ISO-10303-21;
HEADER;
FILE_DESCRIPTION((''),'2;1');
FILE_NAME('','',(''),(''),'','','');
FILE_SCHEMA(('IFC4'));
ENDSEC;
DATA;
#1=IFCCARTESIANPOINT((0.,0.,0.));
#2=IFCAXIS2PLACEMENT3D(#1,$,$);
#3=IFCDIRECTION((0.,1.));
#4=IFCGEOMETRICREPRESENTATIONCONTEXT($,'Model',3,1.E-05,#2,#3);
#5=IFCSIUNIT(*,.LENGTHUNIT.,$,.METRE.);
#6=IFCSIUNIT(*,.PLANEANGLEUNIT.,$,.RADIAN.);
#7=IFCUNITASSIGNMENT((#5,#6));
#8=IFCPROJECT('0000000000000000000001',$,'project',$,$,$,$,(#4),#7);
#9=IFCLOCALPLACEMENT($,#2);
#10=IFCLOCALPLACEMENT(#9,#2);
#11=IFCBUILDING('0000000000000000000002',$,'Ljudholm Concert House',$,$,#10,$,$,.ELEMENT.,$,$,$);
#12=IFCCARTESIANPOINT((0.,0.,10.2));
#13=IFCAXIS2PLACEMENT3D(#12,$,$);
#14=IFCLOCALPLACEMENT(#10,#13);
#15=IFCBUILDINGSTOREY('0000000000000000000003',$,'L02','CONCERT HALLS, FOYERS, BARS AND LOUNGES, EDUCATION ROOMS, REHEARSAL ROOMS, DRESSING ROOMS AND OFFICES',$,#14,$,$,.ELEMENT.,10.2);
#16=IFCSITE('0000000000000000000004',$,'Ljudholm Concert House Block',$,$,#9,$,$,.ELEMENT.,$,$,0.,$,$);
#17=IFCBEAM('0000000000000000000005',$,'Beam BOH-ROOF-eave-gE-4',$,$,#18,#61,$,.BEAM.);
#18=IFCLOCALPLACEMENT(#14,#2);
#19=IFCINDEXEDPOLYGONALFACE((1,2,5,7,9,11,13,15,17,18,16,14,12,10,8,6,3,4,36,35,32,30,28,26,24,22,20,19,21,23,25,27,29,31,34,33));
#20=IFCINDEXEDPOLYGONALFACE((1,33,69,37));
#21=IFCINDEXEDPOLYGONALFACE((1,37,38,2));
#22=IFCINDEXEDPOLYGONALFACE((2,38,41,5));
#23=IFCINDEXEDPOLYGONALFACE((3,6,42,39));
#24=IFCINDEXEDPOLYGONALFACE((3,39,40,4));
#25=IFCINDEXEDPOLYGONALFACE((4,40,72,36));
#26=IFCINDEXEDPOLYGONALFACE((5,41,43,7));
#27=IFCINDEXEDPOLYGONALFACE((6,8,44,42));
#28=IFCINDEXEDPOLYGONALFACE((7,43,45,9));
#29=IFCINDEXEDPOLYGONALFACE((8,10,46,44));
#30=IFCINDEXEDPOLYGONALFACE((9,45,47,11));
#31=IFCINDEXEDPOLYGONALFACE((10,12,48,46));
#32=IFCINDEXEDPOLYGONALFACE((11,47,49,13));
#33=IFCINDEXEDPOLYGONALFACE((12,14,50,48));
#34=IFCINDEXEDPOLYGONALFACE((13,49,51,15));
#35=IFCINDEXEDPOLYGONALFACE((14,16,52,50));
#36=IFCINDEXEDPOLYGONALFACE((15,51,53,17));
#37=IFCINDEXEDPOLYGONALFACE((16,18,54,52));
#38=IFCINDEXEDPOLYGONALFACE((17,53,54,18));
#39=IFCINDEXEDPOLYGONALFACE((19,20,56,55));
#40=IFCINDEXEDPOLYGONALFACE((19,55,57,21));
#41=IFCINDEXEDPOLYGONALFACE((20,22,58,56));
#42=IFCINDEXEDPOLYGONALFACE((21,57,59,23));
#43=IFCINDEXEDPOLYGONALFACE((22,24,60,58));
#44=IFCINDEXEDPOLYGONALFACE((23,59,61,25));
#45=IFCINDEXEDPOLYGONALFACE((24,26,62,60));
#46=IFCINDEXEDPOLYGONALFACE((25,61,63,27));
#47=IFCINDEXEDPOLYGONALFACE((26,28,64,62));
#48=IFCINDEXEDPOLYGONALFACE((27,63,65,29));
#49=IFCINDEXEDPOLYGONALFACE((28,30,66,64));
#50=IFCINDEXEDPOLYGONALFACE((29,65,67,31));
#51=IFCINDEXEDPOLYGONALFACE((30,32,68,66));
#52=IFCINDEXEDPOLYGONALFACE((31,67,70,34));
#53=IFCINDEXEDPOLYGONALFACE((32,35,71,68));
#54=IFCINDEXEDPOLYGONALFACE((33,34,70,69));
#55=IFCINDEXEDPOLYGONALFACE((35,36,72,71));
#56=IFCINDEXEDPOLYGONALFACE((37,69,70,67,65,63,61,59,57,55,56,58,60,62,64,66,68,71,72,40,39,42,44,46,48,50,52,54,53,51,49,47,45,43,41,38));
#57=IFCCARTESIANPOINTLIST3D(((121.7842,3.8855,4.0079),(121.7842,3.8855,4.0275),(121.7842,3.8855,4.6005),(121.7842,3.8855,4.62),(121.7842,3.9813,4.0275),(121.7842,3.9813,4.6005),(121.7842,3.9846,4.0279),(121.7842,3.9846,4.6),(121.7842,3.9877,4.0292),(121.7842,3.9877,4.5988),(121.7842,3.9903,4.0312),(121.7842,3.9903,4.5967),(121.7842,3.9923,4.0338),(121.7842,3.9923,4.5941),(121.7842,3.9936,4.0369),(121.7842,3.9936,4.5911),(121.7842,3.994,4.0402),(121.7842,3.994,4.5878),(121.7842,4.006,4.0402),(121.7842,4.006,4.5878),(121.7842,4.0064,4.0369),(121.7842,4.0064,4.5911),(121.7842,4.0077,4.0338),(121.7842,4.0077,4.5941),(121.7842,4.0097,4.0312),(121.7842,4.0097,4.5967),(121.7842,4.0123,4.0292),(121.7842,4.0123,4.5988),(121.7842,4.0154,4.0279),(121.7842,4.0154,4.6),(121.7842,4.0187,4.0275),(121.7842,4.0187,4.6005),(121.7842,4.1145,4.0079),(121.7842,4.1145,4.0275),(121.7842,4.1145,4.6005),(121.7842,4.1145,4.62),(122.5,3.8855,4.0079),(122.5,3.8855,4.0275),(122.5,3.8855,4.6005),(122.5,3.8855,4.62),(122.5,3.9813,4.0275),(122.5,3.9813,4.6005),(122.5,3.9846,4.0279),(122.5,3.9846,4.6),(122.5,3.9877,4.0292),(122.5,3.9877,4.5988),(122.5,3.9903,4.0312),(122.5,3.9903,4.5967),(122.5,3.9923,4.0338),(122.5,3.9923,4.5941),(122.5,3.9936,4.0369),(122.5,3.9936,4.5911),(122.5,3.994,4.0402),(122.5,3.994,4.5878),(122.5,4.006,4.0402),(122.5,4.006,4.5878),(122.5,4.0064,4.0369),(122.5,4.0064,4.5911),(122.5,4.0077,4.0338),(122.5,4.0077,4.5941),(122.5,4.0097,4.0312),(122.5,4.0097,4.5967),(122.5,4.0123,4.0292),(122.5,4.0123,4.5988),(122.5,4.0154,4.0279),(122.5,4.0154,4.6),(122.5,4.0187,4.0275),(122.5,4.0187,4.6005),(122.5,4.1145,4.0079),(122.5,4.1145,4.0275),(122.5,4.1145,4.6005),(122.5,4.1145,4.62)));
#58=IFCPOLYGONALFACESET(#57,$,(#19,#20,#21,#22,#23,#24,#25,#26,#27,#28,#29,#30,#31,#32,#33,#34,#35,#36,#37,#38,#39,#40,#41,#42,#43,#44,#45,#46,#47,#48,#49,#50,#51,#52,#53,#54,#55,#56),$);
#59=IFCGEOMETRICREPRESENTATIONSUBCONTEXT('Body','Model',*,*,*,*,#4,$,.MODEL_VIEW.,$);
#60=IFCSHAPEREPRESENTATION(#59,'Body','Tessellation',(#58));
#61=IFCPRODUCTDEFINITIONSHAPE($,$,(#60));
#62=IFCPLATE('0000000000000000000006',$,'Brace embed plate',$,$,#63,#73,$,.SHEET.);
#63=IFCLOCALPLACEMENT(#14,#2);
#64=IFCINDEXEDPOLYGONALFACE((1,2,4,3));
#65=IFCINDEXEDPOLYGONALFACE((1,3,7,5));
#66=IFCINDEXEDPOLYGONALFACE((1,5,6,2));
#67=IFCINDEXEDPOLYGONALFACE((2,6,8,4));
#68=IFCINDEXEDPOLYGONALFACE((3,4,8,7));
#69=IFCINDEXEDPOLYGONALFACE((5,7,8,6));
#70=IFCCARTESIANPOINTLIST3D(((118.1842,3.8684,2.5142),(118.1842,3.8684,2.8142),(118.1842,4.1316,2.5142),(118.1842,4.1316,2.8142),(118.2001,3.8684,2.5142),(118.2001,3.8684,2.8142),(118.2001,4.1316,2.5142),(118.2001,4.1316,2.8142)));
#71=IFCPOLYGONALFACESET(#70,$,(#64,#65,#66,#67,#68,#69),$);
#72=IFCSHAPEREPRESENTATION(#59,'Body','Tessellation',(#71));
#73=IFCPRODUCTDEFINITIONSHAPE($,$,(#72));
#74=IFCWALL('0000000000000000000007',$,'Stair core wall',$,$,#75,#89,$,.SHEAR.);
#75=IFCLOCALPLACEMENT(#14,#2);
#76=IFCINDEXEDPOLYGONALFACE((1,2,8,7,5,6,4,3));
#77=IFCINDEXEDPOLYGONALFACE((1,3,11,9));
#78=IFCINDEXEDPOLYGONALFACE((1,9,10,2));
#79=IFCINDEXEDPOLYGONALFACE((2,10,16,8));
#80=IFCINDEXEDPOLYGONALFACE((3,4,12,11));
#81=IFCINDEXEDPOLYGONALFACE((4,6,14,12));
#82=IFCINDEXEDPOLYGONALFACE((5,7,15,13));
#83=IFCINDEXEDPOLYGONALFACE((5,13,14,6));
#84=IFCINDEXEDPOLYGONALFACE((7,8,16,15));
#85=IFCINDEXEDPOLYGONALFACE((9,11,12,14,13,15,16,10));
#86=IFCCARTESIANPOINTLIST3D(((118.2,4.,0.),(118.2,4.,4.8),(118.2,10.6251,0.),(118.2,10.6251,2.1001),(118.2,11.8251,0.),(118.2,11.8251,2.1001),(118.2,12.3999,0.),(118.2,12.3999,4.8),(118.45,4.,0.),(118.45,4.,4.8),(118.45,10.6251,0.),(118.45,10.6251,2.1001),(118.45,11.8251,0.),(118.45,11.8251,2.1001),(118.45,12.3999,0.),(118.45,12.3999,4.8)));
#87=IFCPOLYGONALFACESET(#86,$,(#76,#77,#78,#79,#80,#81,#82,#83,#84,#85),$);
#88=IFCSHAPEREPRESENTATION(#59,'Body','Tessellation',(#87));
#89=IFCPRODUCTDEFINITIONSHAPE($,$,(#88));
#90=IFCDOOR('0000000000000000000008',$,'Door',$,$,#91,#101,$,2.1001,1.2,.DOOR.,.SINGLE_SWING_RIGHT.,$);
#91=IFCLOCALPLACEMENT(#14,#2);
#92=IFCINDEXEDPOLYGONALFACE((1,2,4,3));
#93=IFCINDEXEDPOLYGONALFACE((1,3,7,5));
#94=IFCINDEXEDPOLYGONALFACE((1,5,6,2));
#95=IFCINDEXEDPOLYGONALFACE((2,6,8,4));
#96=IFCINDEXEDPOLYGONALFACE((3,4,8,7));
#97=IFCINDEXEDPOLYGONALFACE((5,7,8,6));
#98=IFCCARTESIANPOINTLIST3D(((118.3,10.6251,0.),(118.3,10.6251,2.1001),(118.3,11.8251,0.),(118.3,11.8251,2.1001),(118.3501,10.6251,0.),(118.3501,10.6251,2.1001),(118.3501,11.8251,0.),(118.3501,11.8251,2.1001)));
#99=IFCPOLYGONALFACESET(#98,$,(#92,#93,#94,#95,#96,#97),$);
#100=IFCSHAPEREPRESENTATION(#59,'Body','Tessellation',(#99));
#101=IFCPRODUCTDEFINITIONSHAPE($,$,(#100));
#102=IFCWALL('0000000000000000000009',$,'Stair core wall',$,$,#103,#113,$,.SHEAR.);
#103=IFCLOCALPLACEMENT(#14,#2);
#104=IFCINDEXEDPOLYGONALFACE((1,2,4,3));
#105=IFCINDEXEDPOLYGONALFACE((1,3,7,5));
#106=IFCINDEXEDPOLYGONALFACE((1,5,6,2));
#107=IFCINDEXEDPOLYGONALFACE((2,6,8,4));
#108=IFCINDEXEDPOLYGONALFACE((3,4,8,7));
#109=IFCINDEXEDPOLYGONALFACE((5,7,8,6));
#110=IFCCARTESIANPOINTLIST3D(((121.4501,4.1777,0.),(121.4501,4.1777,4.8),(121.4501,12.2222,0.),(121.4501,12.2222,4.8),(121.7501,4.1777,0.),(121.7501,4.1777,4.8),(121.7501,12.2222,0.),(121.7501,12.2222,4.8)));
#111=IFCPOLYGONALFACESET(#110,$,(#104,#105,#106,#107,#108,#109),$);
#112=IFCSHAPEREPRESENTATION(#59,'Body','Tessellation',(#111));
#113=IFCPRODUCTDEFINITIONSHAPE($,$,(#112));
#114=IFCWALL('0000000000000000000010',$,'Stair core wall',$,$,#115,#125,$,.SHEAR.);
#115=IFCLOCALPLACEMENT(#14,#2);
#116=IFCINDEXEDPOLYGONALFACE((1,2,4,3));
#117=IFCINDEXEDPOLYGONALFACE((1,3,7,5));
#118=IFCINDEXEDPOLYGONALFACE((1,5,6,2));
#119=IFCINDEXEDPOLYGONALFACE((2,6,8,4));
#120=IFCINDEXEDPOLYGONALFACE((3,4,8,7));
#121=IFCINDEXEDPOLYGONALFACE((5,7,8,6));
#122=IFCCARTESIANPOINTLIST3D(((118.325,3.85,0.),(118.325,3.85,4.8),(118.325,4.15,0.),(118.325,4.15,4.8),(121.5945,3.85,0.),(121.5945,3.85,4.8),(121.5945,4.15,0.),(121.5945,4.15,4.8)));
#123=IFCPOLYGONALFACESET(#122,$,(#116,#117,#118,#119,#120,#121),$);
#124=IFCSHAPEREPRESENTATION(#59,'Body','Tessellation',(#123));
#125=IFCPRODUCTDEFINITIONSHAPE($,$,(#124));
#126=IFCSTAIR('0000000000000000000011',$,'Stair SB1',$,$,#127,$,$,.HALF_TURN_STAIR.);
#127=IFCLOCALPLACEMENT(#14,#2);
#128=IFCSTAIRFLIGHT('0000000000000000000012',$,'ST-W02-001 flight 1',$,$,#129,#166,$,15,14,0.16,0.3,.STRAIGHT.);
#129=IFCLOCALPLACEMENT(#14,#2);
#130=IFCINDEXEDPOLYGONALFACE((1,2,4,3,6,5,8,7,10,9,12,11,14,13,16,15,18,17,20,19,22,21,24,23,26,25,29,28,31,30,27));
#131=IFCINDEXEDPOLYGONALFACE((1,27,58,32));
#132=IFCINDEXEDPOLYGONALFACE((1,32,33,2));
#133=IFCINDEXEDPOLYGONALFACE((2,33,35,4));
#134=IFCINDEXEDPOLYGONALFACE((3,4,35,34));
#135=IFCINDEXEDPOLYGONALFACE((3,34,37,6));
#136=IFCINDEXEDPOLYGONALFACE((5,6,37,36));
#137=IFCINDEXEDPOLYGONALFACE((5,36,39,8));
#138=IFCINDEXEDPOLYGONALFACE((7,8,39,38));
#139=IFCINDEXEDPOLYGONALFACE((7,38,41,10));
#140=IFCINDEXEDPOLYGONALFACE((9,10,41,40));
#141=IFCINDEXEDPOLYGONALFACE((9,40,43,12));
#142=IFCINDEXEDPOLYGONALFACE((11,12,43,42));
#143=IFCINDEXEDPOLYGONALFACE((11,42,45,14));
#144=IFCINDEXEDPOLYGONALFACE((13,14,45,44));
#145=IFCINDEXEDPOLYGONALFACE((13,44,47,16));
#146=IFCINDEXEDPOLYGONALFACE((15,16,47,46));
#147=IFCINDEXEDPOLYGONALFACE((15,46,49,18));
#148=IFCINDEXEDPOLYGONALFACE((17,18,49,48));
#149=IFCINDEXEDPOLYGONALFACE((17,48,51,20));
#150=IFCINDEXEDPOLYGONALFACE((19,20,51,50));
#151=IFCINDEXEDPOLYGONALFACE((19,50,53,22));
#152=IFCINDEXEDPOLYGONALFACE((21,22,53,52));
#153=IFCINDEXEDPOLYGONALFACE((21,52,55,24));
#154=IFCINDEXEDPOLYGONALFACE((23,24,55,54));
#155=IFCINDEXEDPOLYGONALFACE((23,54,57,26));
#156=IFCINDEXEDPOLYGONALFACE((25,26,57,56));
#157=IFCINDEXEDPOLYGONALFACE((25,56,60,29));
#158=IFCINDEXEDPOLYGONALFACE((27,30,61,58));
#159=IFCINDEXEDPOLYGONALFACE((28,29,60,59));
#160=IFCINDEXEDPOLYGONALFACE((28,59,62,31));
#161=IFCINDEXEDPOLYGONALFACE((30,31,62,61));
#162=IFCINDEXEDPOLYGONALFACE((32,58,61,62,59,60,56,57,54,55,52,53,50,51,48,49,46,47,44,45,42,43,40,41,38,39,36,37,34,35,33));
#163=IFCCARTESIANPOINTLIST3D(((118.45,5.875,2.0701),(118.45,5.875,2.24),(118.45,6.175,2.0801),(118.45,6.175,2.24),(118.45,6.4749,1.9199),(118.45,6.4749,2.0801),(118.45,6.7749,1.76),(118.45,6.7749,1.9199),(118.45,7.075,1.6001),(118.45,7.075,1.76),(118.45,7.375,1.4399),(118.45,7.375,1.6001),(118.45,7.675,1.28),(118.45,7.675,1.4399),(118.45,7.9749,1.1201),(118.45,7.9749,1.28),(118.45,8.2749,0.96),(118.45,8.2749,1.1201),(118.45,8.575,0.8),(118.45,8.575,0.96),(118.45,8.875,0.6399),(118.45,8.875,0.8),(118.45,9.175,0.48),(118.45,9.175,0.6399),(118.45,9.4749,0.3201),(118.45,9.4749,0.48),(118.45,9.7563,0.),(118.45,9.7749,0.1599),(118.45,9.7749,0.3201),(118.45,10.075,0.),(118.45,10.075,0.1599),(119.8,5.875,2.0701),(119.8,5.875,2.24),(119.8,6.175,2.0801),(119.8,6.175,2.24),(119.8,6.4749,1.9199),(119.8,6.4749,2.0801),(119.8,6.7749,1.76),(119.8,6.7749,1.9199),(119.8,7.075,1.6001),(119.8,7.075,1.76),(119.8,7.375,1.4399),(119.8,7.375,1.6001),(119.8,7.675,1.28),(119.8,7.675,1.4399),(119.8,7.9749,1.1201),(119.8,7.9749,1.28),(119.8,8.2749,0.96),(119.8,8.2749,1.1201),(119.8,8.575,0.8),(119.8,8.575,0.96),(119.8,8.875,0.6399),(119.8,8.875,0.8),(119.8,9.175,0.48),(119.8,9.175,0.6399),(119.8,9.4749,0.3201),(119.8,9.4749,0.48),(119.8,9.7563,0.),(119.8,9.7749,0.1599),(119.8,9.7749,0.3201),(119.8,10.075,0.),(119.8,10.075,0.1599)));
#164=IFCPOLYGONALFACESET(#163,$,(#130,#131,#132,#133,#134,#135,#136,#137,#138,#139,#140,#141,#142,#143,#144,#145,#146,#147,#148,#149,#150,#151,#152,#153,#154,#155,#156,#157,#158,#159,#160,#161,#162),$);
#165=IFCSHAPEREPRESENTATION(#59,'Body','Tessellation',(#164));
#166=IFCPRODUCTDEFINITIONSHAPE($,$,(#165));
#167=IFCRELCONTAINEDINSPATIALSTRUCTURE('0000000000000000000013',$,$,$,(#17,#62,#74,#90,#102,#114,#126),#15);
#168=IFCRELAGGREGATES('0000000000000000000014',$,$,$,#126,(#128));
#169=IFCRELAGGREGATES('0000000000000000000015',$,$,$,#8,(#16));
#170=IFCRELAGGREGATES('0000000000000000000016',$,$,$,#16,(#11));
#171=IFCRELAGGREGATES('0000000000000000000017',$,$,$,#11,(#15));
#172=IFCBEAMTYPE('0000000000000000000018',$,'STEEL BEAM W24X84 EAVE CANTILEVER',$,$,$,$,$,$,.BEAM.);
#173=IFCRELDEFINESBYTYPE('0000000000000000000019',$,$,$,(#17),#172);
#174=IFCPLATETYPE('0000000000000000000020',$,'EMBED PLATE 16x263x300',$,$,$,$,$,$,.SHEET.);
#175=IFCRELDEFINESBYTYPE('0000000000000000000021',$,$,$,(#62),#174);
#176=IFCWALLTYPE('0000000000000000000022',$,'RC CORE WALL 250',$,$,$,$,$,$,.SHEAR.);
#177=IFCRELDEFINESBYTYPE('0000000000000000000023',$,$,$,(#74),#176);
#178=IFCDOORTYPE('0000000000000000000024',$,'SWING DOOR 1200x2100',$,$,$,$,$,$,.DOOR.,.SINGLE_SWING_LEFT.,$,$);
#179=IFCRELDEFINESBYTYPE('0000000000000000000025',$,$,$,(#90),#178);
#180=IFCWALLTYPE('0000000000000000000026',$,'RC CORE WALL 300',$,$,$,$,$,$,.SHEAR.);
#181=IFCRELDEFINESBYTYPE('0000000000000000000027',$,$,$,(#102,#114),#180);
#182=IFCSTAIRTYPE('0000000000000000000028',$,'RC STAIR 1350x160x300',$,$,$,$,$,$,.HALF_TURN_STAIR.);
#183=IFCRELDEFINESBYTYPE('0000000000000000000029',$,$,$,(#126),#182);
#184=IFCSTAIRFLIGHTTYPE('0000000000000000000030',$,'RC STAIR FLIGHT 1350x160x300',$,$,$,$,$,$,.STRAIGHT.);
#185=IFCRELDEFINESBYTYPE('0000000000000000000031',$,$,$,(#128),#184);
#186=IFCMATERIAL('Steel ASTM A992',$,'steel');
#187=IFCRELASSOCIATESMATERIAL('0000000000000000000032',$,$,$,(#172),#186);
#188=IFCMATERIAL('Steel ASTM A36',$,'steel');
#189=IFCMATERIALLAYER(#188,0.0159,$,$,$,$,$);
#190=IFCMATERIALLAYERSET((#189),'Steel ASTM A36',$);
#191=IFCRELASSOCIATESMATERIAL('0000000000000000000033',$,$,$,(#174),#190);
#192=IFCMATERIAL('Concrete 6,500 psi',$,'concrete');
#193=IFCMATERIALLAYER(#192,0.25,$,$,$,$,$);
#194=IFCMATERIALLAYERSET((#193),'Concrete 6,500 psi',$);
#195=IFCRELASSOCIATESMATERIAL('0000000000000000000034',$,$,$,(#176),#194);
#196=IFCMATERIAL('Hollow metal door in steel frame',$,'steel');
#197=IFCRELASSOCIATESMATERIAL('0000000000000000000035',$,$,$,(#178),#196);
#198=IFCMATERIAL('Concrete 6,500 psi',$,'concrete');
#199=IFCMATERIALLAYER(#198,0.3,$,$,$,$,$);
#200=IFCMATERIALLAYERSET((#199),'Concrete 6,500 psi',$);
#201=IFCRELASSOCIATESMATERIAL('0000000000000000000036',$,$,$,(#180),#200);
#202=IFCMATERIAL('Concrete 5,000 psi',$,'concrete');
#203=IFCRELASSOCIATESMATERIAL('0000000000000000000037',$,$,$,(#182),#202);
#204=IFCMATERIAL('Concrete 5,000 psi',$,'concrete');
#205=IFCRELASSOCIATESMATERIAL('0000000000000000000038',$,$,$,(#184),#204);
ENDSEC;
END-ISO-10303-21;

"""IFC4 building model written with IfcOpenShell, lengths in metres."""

from ifc_helpers import new_model, si_unit, direction, frame, frame_2d, origin, origin_2d, place, context, subcontext, project, spatial, polyline, rectangle, i_section, outline, extrude, material, layer, layer_set, material_profile, profile_set, type_object, element, fill, aggregate, save


model = new_model("IFC4")

# Units and contexts
model_context = context("Model", 3, precision=1e-05, world=origin(), true_north=direction((0.0, 1.0)))
body_context = subcontext(model_context, "Body", "Model", "MODEL_VIEW")
ifc_project = project(units=[si_unit("LENGTHUNIT", "METRE"), si_unit("PLANEANGLEUNIT", "RADIAN")], contexts=[model_context])

# Site, building, storey
site_placement = place(None, origin())
site = spatial("IfcSite", under=ifc_project, at=site_placement, Name="Ljudholm Concert House Block", CompositionType="ELEMENT", RefElevation=0.0)
building_placement = place(site_placement, origin())
building = spatial("IfcBuilding", under=site, at=building_placement, Name="Ljudholm Concert House", CompositionType="ELEMENT")
storey_placement = place(building_placement, frame((0.0, 0.0, 10.2)))
storey = spatial("IfcBuildingStorey", under=building, at=storey_placement, Name="L02", Description="CONCERT HALLS, FOYERS, BARS AND LOUNGES, EDUCATION ROOMS, REHEARSAL ROOMS, DRESSING ROOMS AND OFFICES", CompositionType="ELEMENT", Elevation=10.2)

# Beam
ifc_material_1 = material(Name="Steel ASTM A992", Category="steel")
ifc_material_profile_1 = material_profile(ifc_material_1, i_section(OverallWidth=0.229, OverallDepth=0.6121, WebThickness=0.012, FlangeThickness=0.0195, FilletRadius=0.0127, at=origin_2d()), Name="W24X84")
ifc_profile_set_1 = profile_set([ifc_material_profile_1], Name="Steel ASTM A992")
beam_type_1 = type_object("IfcBeamType", Name="STEEL BEAM W24X84 EAVE CANTILEVER", PredefinedType="BEAM", material=ifc_profile_set_1)
beam_1_placement = place(storey_placement, frame((121.7842, 4.0, 4.314), z_axis=(1.0, 0.0, 0.0), x_axis=(0.0, 1.0, 0.0)))
element("IfcBeam", 1, at=beam_1_placement, inside=storey, type_object=beam_type_1, Name="Beam BOH-ROOF-eave-gE-4", PredefinedType="BEAM", context=body_context, shape_type="SweptSolid", body=[
    extrude(i_section(OverallWidth=0.229, OverallDepth=0.6121, WebThickness=0.012, FlangeThickness=0.0195, FilletRadius=0.0127, at=origin_2d()), origin(), (0.0, 0.0, 1.0), 0.7158),
])

# Plate
ifc_material_2 = material(Name="Steel ASTM A36", Category="steel")
ifc_layer_1 = layer(ifc_material_2, 0.0159)
ifc_layer_set_1 = layer_set([ifc_layer_1], Name="Steel ASTM A36")
plate_type = type_object("IfcPlateType", Name="EMBED PLATE 16x263x300", PredefinedType="SHEET", material=ifc_layer_set_1)
plate_placement = place(storey_placement, frame((118.1921, 4.0, 2.5142), z_axis=(0.0, 0.0, 1.0), x_axis=(1.0, 0.0, 0.0)))
element("IfcPlate", 2, at=plate_placement, inside=storey, type_object=plate_type, Name="Brace embed plate", PredefinedType="SHEET", context=body_context, shape_type="SweptSolid", body=[
    extrude(rectangle(XDim=0.0159, YDim=0.2632, at=origin_2d()), origin(), (0.0, 0.0, 1.0), 0.3),
])

# Wall, opening, door
ifc_material_3 = material(Name="Concrete 6,500 psi", Category="concrete")
ifc_layer_2 = layer(ifc_material_3, 0.25)
ifc_layer_set_2 = layer_set([ifc_layer_2], Name="Concrete 6,500 psi")
wall_type_1 = type_object("IfcWallType", Name="RC CORE WALL 250", PredefinedType="SHEAR", material=ifc_layer_set_2)
wall_1_placement = place(storey_placement, frame((118.325, 4.0, 0.0), z_axis=(0.0, 0.0, 1.0), x_axis=(0.0, 1.0, 0.0)))
wall_1 = element("IfcWall", 3, at=wall_1_placement, inside=storey, type_object=wall_type_1, Name="Stair core wall", PredefinedType="SHEAR", context=body_context, shape_type="SweptSolid", body=[
    extrude(rectangle(XDim=8.3999, YDim=0.25, at=frame_2d((4.2, 0.0))), origin(), (0.0, 0.0, 1.0), 4.8),
])
opening_placement = place(wall_1_placement, frame((6.625, 0.0, 0.0)))
opening = element("IfcOpeningElement", 4, at=opening_placement, cuts=wall_1, PredefinedType="OPENING", context=body_context, shape_type="SweptSolid", body=[
    extrude(rectangle(XDim=1.2, YDim=2.1001, at=frame_2d((0.6001, 1.05))), frame((0.0, 0.135, 0.0), z_axis=(0.0, -1.0, 0.0), x_axis=(1.0, 0.0, 0.0)), (0.0, 0.0, 1.0), 0.27),
])
ifc_material_4 = material(Name="Hollow metal door in steel frame", Category="steel")
door_type = type_object("IfcDoorType", Name="SWING DOOR 1200x2100", OperationType="SINGLE_SWING_LEFT", PredefinedType="DOOR", material=ifc_material_4)
door_placement = place(opening_placement, origin())
door = element("IfcDoor", 5, at=door_placement, inside=storey, type_object=door_type, Name="Door", OperationType="SINGLE_SWING_RIGHT", OverallHeight=2.1001, OverallWidth=1.2, PredefinedType="DOOR", context=body_context, shape_type="SweptSolid", body=[
    extrude(rectangle(XDim=1.2, YDim=2.1001, at=frame_2d((0.6001, 1.05))), frame((0.0, 0.0249, 0.0), z_axis=(0.0, -1.0, 0.0), x_axis=(1.0, 0.0, 0.0)), (0.0, 0.0, 1.0), 0.05),
])
fill(opening, door)

# Walls
ifc_material_5 = material(Name="Concrete 6,500 psi", Category="concrete")
ifc_layer_3 = layer(ifc_material_5, 0.3)
ifc_layer_set_3 = layer_set([ifc_layer_3], Name="Concrete 6,500 psi")
wall_type_2 = type_object("IfcWallType", Name="RC CORE WALL 300", PredefinedType="SHEAR", material=ifc_layer_set_3)
wall_2_placement = place(storey_placement, frame((121.6001, 4.1777, 0.0), z_axis=(0.0, 0.0, 1.0), x_axis=(0.0, 1.0, 0.0)))
element("IfcWall", 6, at=wall_2_placement, inside=storey, type_object=wall_type_2, Name="Stair core wall", PredefinedType="SHEAR", context=body_context, shape_type="SweptSolid", body=[
    extrude(rectangle(XDim=8.0444, YDim=0.3, at=frame_2d((4.0222, 0.0))), origin(), (0.0, 0.0, 1.0), 4.8),
])
wall_3_placement = place(storey_placement, frame((118.325, 4.0, 0.0), z_axis=(0.0, 0.0, 1.0), x_axis=(1.0, 0.0, 0.0)))
element("IfcWall", 7, at=wall_3_placement, inside=storey, type_object=wall_type_2, Name="Stair core wall", PredefinedType="SHEAR", context=body_context, shape_type="SweptSolid", body=[
    extrude(rectangle(XDim=3.2695, YDim=0.3, at=frame_2d((1.6348, 0.0))), origin(), (0.0, 0.0, 1.0), 4.8),
])

# Stair, stair flight
ifc_material_6 = material(Name="Concrete 5,000 psi", Category="concrete")
stair_type = type_object("IfcStairType", Name="RC STAIR 1350x160x300", PredefinedType="HALF_TURN_STAIR", material=ifc_material_6)
stair_placement = place(storey_placement, origin())
stair = element("IfcStair", 8, at=stair_placement, inside=storey, type_object=stair_type, Name="Stair SB1", PredefinedType="HALF_TURN_STAIR")
ifc_material_7 = material(Name="Concrete 5,000 psi", Category="concrete")
stair_flight_type = type_object("IfcStairFlightType", Name="RC STAIR FLIGHT 1350x160x300", PredefinedType="STRAIGHT", material=ifc_material_7)
stair_flight_1_placement = place(storey_placement, frame((119.125, 10.075, 0.0), z_axis=(0.0, 0.0, 1.0), x_axis=(0.0, -1.0, 0.0)))
stair_flight_1 = element("IfcStairFlight", 9, at=stair_flight_1_placement, type_object=stair_flight_type, Name="ST-W02-001 flight 1", NumberOfRisers=15, NumberOfTreads=14, PredefinedType="STRAIGHT", RiserHeight=0.16, TreadLength=0.3, context=body_context, shape_type="SweptSolid", body=[
    extrude(outline(polyline([(0.0, 0.0), (0.0, 0.1599), (0.3, 0.1599), (0.3, 0.3201), (0.6001, 0.3201), (0.6001, 0.48), (0.8999, 0.48), (0.8999, 0.6399), (1.2, 0.6399), (1.2, 0.8), (1.5, 0.8), (1.5, 0.96), (1.8, 0.96), (1.8, 1.1201), (2.1001, 1.1201), (2.1001, 1.28), (2.3999, 1.28), (2.3999, 1.4399), (2.7, 1.4399), (2.7, 1.6001), (3.0, 1.6001), (3.0, 1.76), (3.3, 1.76), (3.3, 1.9199), (3.6001, 1.9199), (3.6001, 2.0801), (3.8999, 2.0801), (3.8999, 2.24), (4.2, 2.24), (4.2, 2.3999), (4.2, 2.0701), (0.3186, 0.0), (0.0, 0.0)])), frame((0.0, 0.675, 0.0), z_axis=(0.0, -1.0, 0.0), x_axis=(1.0, 0.0, 0.0)), (0.0, 0.0, 1.0), 1.3501),
])
aggregate(stair, [stair_flight_1])

save(model, "model.ifc")
